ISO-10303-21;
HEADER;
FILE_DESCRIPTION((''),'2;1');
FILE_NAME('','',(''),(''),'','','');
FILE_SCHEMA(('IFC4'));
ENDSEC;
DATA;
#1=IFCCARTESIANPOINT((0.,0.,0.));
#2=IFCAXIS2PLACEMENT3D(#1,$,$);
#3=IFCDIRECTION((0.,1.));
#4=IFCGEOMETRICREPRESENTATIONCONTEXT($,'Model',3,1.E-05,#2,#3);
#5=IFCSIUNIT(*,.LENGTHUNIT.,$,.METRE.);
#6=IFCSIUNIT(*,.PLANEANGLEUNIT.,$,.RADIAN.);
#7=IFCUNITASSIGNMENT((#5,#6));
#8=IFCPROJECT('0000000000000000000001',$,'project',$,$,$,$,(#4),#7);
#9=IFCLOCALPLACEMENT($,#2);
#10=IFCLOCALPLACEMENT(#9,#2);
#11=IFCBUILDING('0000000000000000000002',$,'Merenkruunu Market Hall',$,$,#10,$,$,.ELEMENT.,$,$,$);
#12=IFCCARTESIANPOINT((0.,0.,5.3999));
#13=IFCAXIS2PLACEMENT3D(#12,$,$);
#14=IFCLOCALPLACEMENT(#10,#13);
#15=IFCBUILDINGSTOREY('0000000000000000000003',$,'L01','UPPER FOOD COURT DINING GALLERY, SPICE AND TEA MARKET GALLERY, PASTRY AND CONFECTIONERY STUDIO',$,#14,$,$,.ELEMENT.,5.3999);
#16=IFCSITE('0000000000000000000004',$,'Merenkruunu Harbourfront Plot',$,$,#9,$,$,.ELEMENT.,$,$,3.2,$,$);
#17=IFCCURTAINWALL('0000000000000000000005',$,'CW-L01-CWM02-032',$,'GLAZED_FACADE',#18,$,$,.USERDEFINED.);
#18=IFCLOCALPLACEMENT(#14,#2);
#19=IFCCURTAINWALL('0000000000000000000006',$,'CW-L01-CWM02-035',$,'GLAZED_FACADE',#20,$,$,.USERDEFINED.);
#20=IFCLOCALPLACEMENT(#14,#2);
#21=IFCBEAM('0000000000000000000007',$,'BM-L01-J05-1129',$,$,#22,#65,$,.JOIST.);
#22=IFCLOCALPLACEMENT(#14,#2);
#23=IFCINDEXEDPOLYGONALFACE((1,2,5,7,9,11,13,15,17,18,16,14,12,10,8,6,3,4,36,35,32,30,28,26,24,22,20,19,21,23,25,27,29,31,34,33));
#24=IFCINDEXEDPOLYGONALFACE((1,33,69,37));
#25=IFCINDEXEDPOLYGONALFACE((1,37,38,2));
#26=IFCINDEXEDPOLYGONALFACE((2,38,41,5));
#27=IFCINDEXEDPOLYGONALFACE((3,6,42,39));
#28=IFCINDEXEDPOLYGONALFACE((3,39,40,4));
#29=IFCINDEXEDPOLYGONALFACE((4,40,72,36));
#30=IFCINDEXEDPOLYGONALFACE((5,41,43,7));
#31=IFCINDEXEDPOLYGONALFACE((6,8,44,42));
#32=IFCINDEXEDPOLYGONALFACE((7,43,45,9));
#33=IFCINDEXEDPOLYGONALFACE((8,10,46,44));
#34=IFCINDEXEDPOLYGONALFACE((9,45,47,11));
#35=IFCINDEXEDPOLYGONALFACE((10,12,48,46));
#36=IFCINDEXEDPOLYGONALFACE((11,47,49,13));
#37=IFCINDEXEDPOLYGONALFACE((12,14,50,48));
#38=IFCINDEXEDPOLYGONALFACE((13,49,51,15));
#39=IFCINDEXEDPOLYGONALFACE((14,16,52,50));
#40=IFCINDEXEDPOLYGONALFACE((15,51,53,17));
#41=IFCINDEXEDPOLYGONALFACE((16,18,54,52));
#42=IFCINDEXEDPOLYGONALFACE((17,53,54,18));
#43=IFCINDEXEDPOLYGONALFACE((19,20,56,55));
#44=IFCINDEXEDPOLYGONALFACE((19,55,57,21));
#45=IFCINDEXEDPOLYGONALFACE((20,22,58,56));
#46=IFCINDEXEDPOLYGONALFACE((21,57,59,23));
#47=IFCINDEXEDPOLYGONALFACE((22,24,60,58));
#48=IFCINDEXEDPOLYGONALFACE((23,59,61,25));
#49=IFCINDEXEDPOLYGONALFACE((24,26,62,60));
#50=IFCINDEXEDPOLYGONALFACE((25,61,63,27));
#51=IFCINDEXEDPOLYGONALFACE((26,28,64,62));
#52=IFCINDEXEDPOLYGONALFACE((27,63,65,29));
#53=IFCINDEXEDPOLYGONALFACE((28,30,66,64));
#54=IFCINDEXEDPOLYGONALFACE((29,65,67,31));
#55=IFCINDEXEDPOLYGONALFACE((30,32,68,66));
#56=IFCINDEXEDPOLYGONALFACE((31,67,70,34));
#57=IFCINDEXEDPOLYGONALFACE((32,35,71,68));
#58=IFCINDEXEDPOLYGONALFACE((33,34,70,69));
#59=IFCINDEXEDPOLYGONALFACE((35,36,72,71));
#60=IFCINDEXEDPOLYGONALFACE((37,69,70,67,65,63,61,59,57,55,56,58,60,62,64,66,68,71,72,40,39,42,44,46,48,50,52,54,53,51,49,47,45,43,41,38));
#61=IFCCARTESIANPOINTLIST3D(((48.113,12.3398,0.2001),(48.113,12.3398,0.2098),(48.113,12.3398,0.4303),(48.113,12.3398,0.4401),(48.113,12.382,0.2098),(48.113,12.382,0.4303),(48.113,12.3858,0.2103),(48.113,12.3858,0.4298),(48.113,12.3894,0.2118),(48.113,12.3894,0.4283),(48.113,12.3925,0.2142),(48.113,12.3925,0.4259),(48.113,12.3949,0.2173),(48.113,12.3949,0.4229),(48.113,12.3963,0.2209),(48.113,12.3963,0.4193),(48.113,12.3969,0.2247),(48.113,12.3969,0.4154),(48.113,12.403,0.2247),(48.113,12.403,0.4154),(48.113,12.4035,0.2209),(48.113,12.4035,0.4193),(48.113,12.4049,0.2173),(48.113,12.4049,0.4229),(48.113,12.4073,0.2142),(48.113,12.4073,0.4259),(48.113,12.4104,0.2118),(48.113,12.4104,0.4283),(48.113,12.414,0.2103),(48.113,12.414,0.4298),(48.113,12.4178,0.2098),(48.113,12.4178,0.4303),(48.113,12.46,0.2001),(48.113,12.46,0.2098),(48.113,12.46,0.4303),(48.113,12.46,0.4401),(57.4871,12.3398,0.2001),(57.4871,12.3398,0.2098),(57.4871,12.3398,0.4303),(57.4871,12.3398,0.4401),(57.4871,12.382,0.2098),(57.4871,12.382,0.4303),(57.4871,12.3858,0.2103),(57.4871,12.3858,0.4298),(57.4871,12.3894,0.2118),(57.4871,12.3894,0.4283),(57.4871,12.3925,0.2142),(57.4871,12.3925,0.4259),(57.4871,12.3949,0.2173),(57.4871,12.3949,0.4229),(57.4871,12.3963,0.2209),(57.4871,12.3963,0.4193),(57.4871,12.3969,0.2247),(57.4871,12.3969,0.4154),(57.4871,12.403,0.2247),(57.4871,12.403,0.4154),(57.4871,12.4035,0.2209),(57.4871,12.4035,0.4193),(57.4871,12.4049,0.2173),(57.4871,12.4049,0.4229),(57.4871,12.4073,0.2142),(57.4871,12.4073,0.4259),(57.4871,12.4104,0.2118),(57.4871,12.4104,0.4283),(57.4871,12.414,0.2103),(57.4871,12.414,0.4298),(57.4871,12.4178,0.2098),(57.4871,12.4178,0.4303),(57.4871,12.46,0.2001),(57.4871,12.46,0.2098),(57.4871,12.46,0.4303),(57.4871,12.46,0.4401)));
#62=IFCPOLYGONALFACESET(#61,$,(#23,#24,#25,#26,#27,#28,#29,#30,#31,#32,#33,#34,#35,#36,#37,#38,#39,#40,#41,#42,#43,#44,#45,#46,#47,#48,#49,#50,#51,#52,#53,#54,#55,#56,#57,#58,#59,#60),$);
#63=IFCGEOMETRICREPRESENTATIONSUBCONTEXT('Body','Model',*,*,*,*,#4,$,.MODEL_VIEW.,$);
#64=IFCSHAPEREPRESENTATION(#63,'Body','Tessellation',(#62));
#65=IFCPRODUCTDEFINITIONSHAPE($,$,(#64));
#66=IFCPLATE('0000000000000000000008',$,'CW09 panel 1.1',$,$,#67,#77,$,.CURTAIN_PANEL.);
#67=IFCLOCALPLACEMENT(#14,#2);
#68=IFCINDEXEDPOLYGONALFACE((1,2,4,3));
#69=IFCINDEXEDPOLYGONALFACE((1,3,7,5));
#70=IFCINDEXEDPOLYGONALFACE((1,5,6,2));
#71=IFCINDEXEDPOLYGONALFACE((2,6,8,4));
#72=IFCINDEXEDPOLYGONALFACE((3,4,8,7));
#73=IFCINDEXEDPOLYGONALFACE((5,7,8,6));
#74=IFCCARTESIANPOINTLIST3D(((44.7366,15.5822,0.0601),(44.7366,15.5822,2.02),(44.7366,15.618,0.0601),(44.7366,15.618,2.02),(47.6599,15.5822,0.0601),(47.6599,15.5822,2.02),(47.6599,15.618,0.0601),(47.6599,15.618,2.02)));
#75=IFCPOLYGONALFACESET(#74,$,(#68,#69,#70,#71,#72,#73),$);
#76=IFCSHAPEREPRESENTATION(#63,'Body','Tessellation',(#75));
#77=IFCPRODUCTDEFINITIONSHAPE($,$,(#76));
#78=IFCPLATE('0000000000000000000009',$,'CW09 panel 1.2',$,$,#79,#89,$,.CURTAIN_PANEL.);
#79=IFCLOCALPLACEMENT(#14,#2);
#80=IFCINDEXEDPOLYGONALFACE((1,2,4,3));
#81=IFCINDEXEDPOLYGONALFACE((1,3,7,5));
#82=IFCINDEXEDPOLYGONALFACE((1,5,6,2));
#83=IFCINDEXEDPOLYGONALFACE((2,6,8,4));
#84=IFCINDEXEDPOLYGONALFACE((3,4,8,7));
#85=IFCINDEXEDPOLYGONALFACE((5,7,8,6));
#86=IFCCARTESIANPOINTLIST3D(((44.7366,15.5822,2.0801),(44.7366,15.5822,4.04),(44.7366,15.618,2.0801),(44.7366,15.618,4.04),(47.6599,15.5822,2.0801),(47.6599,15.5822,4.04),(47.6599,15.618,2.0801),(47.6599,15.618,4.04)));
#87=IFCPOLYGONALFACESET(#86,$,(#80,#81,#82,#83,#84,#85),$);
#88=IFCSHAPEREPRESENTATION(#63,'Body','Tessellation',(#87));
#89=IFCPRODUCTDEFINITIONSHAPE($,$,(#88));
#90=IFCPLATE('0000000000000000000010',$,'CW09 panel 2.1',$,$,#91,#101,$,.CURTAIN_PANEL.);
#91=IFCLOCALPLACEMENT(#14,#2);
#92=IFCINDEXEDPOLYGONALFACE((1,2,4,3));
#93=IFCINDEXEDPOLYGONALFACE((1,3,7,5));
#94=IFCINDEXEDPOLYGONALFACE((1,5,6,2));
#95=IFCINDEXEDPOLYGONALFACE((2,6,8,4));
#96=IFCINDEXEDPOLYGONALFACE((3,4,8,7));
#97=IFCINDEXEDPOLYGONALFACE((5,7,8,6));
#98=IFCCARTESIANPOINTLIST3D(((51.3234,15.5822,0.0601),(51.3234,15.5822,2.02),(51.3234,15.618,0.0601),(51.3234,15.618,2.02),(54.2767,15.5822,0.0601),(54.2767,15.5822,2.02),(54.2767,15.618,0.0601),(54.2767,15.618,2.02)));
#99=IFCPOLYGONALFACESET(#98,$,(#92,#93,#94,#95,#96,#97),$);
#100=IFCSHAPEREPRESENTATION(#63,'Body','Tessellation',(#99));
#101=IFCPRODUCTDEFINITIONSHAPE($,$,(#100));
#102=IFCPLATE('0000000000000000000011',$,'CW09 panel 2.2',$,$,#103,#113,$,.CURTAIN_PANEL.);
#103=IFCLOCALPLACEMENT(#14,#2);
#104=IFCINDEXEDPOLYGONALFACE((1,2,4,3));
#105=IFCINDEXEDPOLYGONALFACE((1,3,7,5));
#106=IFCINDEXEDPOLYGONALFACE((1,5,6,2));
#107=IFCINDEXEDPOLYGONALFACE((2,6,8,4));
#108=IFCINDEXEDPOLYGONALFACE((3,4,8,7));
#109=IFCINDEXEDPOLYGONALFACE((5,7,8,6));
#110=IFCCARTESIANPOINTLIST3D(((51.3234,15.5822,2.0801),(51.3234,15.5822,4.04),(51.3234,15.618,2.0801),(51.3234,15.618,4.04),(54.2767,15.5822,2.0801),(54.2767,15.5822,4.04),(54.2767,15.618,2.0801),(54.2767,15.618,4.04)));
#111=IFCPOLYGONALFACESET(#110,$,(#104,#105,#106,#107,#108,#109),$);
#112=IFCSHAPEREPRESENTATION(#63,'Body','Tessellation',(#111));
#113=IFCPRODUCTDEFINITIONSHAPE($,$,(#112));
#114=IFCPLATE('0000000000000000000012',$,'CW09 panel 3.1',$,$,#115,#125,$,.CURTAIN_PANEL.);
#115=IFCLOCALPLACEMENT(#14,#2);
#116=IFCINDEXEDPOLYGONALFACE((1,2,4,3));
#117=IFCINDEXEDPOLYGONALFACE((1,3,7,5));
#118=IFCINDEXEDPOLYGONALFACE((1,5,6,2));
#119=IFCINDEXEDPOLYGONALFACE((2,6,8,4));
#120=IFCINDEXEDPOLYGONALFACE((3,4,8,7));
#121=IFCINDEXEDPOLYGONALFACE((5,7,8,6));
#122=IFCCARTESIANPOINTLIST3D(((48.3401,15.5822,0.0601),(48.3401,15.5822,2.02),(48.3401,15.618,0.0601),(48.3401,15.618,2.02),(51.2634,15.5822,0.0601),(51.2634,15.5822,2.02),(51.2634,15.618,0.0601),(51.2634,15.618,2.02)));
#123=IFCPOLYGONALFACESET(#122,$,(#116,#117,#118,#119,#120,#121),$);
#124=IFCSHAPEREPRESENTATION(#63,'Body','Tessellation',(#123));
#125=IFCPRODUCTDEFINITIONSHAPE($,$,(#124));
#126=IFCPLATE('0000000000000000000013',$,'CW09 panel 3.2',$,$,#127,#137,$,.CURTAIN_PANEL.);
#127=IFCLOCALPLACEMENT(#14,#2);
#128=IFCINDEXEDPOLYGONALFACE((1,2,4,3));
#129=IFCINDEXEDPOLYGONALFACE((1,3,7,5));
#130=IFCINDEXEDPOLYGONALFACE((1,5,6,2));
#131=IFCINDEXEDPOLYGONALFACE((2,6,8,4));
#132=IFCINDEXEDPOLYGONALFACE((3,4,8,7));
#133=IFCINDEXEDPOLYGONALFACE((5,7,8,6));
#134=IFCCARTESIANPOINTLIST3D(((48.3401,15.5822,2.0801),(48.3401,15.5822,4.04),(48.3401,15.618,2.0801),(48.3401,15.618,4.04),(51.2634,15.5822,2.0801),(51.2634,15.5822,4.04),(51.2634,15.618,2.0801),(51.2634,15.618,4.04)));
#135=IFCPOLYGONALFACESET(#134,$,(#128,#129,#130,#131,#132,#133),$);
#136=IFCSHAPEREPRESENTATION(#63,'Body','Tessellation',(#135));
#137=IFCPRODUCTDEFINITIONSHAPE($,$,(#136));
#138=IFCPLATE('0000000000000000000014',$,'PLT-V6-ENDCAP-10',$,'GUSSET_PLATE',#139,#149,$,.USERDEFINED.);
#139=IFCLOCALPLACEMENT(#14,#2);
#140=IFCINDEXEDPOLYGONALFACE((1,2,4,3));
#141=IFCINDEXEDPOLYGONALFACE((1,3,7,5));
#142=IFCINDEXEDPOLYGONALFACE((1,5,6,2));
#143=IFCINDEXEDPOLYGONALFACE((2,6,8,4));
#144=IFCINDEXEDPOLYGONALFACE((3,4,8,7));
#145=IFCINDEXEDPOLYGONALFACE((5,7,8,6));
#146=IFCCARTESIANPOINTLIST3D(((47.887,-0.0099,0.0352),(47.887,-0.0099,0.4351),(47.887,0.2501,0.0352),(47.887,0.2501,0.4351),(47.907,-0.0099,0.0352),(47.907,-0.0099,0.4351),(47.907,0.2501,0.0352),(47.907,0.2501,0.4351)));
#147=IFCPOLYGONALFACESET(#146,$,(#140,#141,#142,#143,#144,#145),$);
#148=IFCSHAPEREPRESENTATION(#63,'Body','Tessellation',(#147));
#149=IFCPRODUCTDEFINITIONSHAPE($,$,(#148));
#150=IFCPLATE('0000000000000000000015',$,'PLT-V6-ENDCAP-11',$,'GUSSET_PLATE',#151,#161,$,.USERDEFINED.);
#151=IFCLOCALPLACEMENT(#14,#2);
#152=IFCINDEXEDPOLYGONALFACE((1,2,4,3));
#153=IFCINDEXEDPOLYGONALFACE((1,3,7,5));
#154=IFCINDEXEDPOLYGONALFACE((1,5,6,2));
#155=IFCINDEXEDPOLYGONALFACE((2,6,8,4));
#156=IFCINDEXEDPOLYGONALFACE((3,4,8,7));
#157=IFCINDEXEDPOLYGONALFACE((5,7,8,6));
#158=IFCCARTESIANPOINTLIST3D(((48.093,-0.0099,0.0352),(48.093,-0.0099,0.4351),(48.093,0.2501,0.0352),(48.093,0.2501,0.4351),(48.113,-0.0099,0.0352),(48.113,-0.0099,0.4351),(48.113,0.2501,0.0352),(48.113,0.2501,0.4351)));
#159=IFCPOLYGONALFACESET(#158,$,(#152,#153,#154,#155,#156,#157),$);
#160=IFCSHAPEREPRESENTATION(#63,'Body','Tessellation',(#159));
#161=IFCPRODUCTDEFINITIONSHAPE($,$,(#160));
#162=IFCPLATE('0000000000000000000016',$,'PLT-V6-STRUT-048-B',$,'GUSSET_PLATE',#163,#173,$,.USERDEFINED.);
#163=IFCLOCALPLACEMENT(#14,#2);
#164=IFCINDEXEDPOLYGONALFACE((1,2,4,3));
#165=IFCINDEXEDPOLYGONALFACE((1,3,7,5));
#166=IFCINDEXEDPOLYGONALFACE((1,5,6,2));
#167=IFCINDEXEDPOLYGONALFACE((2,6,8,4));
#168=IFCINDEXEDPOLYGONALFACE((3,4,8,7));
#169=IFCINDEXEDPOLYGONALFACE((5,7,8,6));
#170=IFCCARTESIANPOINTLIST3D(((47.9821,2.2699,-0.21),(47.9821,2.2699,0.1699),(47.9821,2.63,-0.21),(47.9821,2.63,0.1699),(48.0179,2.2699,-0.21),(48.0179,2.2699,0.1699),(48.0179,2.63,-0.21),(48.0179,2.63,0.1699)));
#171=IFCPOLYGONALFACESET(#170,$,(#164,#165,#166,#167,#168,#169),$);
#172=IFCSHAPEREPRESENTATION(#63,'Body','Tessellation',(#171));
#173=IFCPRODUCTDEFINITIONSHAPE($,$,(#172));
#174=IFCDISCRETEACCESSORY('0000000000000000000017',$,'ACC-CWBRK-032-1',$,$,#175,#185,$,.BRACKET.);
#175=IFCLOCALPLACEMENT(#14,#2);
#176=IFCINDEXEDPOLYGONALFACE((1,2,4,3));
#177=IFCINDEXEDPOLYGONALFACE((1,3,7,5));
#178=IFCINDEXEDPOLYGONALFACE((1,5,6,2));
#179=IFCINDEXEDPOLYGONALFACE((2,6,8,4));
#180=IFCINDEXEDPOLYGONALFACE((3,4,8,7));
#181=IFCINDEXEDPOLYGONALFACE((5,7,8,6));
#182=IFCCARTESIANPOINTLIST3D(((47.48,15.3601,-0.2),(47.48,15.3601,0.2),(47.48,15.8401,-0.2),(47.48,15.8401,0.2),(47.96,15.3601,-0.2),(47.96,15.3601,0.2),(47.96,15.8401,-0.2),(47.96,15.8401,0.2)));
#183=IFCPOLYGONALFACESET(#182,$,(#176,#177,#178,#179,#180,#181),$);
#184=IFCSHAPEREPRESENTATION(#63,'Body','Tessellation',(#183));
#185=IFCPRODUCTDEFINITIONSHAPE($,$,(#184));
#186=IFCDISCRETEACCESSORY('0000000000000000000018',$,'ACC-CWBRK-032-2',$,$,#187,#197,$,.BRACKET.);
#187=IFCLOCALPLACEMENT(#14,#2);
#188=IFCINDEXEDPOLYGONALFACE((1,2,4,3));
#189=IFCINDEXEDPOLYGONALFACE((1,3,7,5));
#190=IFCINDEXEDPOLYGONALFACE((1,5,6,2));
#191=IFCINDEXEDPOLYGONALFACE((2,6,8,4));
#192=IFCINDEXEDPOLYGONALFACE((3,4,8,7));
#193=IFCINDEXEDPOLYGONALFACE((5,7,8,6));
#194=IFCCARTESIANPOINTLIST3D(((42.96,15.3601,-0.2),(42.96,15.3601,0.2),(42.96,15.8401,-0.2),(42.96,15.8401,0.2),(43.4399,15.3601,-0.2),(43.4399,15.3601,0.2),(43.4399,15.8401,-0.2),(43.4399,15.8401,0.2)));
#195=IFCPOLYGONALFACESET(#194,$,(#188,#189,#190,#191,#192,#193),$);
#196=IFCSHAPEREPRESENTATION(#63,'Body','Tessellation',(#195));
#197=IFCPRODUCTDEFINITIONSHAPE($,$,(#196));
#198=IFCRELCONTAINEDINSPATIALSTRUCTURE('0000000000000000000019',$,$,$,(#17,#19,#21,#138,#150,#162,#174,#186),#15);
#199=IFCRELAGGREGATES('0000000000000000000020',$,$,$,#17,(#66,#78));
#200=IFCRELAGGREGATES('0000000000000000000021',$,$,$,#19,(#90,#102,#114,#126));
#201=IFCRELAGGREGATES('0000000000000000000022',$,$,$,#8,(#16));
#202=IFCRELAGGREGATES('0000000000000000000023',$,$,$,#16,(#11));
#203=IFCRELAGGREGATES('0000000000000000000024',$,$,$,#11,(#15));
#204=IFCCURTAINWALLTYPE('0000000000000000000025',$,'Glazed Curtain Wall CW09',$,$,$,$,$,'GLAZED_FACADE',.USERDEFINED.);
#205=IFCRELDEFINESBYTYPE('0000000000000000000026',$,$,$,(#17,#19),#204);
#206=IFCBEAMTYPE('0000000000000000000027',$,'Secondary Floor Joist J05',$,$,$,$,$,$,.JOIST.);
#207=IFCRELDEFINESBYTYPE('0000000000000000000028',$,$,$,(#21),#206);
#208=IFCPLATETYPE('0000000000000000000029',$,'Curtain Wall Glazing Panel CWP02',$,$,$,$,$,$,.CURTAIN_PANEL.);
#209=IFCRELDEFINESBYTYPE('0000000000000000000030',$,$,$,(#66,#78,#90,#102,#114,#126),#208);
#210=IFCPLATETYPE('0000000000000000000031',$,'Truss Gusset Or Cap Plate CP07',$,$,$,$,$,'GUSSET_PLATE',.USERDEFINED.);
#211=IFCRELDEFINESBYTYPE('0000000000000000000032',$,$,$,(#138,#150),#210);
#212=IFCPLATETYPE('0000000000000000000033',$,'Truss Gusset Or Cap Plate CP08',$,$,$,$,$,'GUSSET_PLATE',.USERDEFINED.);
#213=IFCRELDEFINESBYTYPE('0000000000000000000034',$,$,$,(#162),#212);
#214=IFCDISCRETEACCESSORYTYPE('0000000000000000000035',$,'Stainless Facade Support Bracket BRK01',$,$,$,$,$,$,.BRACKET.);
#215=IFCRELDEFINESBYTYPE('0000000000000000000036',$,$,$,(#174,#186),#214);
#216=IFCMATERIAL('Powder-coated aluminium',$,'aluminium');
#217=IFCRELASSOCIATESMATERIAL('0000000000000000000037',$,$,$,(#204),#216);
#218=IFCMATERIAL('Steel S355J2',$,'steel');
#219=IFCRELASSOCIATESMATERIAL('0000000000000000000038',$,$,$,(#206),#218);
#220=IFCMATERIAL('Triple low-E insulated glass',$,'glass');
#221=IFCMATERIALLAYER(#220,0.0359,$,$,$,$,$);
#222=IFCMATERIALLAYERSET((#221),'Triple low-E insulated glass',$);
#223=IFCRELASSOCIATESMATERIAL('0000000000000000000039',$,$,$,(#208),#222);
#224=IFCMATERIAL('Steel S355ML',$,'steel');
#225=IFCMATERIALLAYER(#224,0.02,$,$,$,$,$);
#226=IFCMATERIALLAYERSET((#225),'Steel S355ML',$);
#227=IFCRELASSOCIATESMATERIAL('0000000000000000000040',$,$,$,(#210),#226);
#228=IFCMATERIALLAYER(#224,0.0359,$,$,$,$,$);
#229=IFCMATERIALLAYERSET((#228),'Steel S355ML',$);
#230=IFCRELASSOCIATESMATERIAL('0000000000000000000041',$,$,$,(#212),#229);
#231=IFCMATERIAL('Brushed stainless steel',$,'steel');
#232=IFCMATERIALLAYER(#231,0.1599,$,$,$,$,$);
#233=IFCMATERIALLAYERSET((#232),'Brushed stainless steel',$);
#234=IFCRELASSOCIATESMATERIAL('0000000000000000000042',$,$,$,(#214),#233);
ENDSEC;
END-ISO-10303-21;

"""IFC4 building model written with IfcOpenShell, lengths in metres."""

from ifc_helpers import new_model, si_unit, direction, frame, origin, origin_2d, place, context, subcontext, project, spatial, rectangle, i_section, extrude, material, layer, layer_set, material_profile, profile_set, type_object, element, aggregate, save


model = new_model("IFC4")

# Units and contexts
model_context = context("Model", 3, precision=1e-05, world=origin(), true_north=direction((0.0, 1.0)))
body_context = subcontext(model_context, "Body", "Model", "MODEL_VIEW")
ifc_project = project(units=[si_unit("LENGTHUNIT", "METRE"), si_unit("PLANEANGLEUNIT", "RADIAN")], contexts=[model_context])

# Site, building, storey
site_placement = place(None, origin())
site = spatial("IfcSite", under=ifc_project, at=site_placement, Name="Merenkruunu Harbourfront Plot", CompositionType="ELEMENT", RefElevation=3.2)
building_placement = place(site_placement, origin())
building = spatial("IfcBuilding", under=site, at=building_placement, Name="Merenkruunu Market Hall", CompositionType="ELEMENT")
storey_placement = place(building_placement, frame((0.0, 0.0, 5.3999)))
storey = spatial("IfcBuildingStorey", under=building, at=storey_placement, Name="L01", Description="UPPER FOOD COURT DINING GALLERY, SPICE AND TEA MARKET GALLERY, PASTRY AND CONFECTIONERY STUDIO", CompositionType="ELEMENT", Elevation=5.3999)

# Shared definitions
ifc_material_1 = material(Name="Steel S355J2", Category="steel")

# Curtain walls
ifc_material_2 = material(Name="Powder-coated aluminium", Category="aluminium")
curtain_wall_type = type_object("IfcCurtainWallType", Name="Glazed Curtain Wall CW09", ElementType="GLAZED_FACADE", PredefinedType="USERDEFINED", material=ifc_material_2)
curtain_wall_1_placement = place(storey_placement, origin())
curtain_wall_1 = element("IfcCurtainWall", 1, at=curtain_wall_1_placement, inside=storey, type_object=curtain_wall_type, Name="CW-L01-CWM02-032", ObjectType="GLAZED_FACADE", PredefinedType="USERDEFINED")
curtain_wall_2_placement = place(storey_placement, origin())
curtain_wall_2 = element("IfcCurtainWall", 2, at=curtain_wall_2_placement, inside=storey, type_object=curtain_wall_type, Name="CW-L01-CWM02-035", ObjectType="GLAZED_FACADE", PredefinedType="USERDEFINED")

# Beam
ifc_material_3 = material(Name="Steel S355ML", Category="steel")
ifc_material_profile_1 = material_profile(ifc_material_1, i_section(OverallWidth=0.1201, OverallDepth=0.24, WebThickness=0.0061, FlangeThickness=0.0098, FilletRadius=0.0149, at=origin_2d()), Name="IPE 240")
ifc_profile_set_1 = profile_set([ifc_material_profile_1], Name="Steel S355J2")
beam_type_1 = type_object("IfcBeamType", Name="Secondary Floor Joist J05", PredefinedType="JOIST", material=ifc_profile_set_1)
for number, where, z_axis, x_axis, name in (
    (3, (48.113, 12.3999, 0.3201), (1.0, 0.0, 0.0), (0.0, 1.0, 0.0), "BM-L01-J05-1129"),
):
    element("IfcBeam", number, at=place(storey_placement, frame(where, z_axis=z_axis, x_axis=x_axis)), inside=storey, type_object=beam_type_1, Name=name, PredefinedType="JOIST", context=body_context, shape_type="SweptSolid", body=[
        extrude(i_section(OverallWidth=0.1201, OverallDepth=0.24, WebThickness=0.0061, FlangeThickness=0.0098, FilletRadius=0.0149, at=origin_2d()), origin(), (0.0, 0.0, 1.0), 9.374),
    ])

# Plates
ifc_material_4 = material(Name="Triple low-E insulated glass", Category="glass")
ifc_layer_1 = layer(ifc_material_4, 0.0359)
ifc_layer_set_1 = layer_set([ifc_layer_1], Name="Triple low-E insulated glass")
plate_type_1 = type_object("IfcPlateType", Name="Curtain Wall Glazing Panel CWP02", PredefinedType="CURTAIN_PANEL", material=ifc_layer_set_1)
plate_1_placement = place(storey_placement, frame((46.1982, 15.6001, 0.0601), z_axis=(0.0, 0.0, 1.0), x_axis=(-1.0, 0.0, 0.0)))
plate_1 = element("IfcPlate", 4, at=plate_1_placement, type_object=plate_type_1, Name="CW09 panel 1.1", PredefinedType="CURTAIN_PANEL", context=body_context, shape_type="SweptSolid", body=[
    extrude(rectangle(XDim=2.9233, YDim=0.0359, at=origin_2d()), origin(), (0.0, 0.0, 1.0), 1.96),
])
plate_2_placement = place(storey_placement, frame((46.1982, 15.6001, 2.0801), z_axis=(0.0, 0.0, 1.0), x_axis=(-1.0, 0.0, 0.0)))
plate_2 = element("IfcPlate", 5, at=plate_2_placement, type_object=plate_type_1, Name="CW09 panel 1.2", PredefinedType="CURTAIN_PANEL", context=body_context, shape_type="SweptSolid", body=[
    extrude(rectangle(XDim=2.9233, YDim=0.0359, at=origin_2d()), origin(), (0.0, 0.0, 1.0), 1.96),
])
aggregate(curtain_wall_1, [plate_1, plate_2])
plate_3_placement = place(storey_placement, frame((52.8, 15.6001, 0.0601), z_axis=(0.0, 0.0, 1.0), x_axis=(-1.0, 0.0, 0.0)))
plate_3 = element("IfcPlate", 6, at=plate_3_placement, type_object=plate_type_1, Name="CW09 panel 2.1", PredefinedType="CURTAIN_PANEL", context=body_context, shape_type="SweptSolid", body=[
    extrude(rectangle(XDim=2.9534, YDim=0.0359, at=origin_2d()), origin(), (0.0, 0.0, 1.0), 1.96),
])
plate_4_placement = place(storey_placement, frame((52.8, 15.6001, 2.0801), z_axis=(0.0, 0.0, 1.0), x_axis=(-1.0, 0.0, 0.0)))
plate_4 = element("IfcPlate", 7, at=plate_4_placement, type_object=plate_type_1, Name="CW09 panel 2.2", PredefinedType="CURTAIN_PANEL", context=body_context, shape_type="SweptSolid", body=[
    extrude(rectangle(XDim=2.9534, YDim=0.0359, at=origin_2d()), origin(), (0.0, 0.0, 1.0), 1.96),
])
plate_5_placement = place(storey_placement, frame((49.8018, 15.6001, 0.0601), z_axis=(0.0, 0.0, 1.0), x_axis=(-1.0, 0.0, 0.0)))
plate_5 = element("IfcPlate", 8, at=plate_5_placement, type_object=plate_type_1, Name="CW09 panel 3.1", PredefinedType="CURTAIN_PANEL", context=body_context, shape_type="SweptSolid", body=[
    extrude(rectangle(XDim=2.9233, YDim=0.0359, at=origin_2d()), origin(), (0.0, 0.0, 1.0), 1.96),
])
plate_6_placement = place(storey_placement, frame((49.8018, 15.6001, 2.0801), z_axis=(0.0, 0.0, 1.0), x_axis=(-1.0, 0.0, 0.0)))
plate_6 = element("IfcPlate", 9, at=plate_6_placement, type_object=plate_type_1, Name="CW09 panel 3.2", PredefinedType="CURTAIN_PANEL", context=body_context, shape_type="SweptSolid", body=[
    extrude(rectangle(XDim=2.9233, YDim=0.0359, at=origin_2d()), origin(), (0.0, 0.0, 1.0), 1.96),
])
aggregate(curtain_wall_2, [plate_3, plate_4, plate_5, plate_6])

# Plates
ifc_layer_2 = layer(ifc_material_3, 0.02)
ifc_layer_set_2 = layer_set([ifc_layer_2], Name="Steel S355ML")
plate_type_2 = type_object("IfcPlateType", Name="Truss Gusset Or Cap Plate CP07", ElementType="GUSSET_PLATE", PredefinedType="USERDEFINED", material=ifc_layer_set_2)
for number, where, z_axis, x_axis, name in (
    (10, (47.897, 0.1201, 0.0352), (0.0, 0.0, 1.0), (1.0, 0.0, 0.0), "PLT-V6-ENDCAP-10"),
    (11, (48.103, 0.1201, 0.0352), (0.0, 0.0, 1.0), (1.0, 0.0, 0.0), "PLT-V6-ENDCAP-11"),
):
    element("IfcPlate", number, at=place(storey_placement, frame(where, z_axis=z_axis, x_axis=x_axis)), inside=storey, type_object=plate_type_2, Name=name, ObjectType="GUSSET_PLATE", PredefinedType="USERDEFINED", context=body_context, shape_type="SweptSolid", body=[
        extrude(rectangle(XDim=0.02, YDim=0.26, at=origin_2d()), origin(), (0.0, 0.0, 1.0), 0.3999),
    ])
ifc_layer_3 = layer(ifc_material_3, 0.0359)
ifc_layer_set_3 = layer_set([ifc_layer_3], Name="Steel S355ML")
plate_type_3 = type_object("IfcPlateType", Name="Truss Gusset Or Cap Plate CP08", ElementType="GUSSET_PLATE", PredefinedType="USERDEFINED", material=ifc_layer_set_3)
plate_7_placement = place(storey_placement, frame((48.0, 2.45, -0.21), z_axis=(0.0, 0.0, 1.0), x_axis=(1.0, 0.0, 0.0)))
element("IfcPlate", 12, at=plate_7_placement, inside=storey, type_object=plate_type_3, Name="PLT-V6-STRUT-048-B", ObjectType="GUSSET_PLATE", PredefinedType="USERDEFINED", context=body_context, shape_type="SweptSolid", body=[
    extrude(rectangle(XDim=0.0359, YDim=0.3601, at=origin_2d()), origin(), (0.0, 0.0, 1.0), 0.3799),
])

# Discrete accessories
ifc_material_5 = material(Name="Brushed stainless steel", Category="steel")
ifc_layer_4 = layer(ifc_material_5, 0.1599)
ifc_layer_set_4 = layer_set([ifc_layer_4], Name="Brushed stainless steel")
discrete_accessory_type = type_object("IfcDiscreteAccessoryType", Name="Stainless Facade Support Bracket BRK01", PredefinedType="BRACKET", material=ifc_layer_set_4)
for number, where, z_axis, x_axis, name in (
    (13, (47.72, 15.6001, -0.2), (0.0, 0.0, 1.0), (1.0, 0.0, 0.0), "ACC-CWBRK-032-1"),
    (14, (43.2, 15.6001, -0.2), (0.0, 0.0, 1.0), (1.0, 0.0, 0.0), "ACC-CWBRK-032-2"),
):
    element("IfcDiscreteAccessory", number, at=place(storey_placement, frame(where, z_axis=z_axis, x_axis=x_axis)), inside=storey, type_object=discrete_accessory_type, Name=name, PredefinedType="BRACKET", context=body_context, shape_type="SweptSolid", body=[
        extrude(rectangle(XDim=0.48, YDim=0.48, at=origin_2d()), origin(), (0.0, 0.0, 1.0), 0.3999),
    ])

save(model, "model.ifc")
